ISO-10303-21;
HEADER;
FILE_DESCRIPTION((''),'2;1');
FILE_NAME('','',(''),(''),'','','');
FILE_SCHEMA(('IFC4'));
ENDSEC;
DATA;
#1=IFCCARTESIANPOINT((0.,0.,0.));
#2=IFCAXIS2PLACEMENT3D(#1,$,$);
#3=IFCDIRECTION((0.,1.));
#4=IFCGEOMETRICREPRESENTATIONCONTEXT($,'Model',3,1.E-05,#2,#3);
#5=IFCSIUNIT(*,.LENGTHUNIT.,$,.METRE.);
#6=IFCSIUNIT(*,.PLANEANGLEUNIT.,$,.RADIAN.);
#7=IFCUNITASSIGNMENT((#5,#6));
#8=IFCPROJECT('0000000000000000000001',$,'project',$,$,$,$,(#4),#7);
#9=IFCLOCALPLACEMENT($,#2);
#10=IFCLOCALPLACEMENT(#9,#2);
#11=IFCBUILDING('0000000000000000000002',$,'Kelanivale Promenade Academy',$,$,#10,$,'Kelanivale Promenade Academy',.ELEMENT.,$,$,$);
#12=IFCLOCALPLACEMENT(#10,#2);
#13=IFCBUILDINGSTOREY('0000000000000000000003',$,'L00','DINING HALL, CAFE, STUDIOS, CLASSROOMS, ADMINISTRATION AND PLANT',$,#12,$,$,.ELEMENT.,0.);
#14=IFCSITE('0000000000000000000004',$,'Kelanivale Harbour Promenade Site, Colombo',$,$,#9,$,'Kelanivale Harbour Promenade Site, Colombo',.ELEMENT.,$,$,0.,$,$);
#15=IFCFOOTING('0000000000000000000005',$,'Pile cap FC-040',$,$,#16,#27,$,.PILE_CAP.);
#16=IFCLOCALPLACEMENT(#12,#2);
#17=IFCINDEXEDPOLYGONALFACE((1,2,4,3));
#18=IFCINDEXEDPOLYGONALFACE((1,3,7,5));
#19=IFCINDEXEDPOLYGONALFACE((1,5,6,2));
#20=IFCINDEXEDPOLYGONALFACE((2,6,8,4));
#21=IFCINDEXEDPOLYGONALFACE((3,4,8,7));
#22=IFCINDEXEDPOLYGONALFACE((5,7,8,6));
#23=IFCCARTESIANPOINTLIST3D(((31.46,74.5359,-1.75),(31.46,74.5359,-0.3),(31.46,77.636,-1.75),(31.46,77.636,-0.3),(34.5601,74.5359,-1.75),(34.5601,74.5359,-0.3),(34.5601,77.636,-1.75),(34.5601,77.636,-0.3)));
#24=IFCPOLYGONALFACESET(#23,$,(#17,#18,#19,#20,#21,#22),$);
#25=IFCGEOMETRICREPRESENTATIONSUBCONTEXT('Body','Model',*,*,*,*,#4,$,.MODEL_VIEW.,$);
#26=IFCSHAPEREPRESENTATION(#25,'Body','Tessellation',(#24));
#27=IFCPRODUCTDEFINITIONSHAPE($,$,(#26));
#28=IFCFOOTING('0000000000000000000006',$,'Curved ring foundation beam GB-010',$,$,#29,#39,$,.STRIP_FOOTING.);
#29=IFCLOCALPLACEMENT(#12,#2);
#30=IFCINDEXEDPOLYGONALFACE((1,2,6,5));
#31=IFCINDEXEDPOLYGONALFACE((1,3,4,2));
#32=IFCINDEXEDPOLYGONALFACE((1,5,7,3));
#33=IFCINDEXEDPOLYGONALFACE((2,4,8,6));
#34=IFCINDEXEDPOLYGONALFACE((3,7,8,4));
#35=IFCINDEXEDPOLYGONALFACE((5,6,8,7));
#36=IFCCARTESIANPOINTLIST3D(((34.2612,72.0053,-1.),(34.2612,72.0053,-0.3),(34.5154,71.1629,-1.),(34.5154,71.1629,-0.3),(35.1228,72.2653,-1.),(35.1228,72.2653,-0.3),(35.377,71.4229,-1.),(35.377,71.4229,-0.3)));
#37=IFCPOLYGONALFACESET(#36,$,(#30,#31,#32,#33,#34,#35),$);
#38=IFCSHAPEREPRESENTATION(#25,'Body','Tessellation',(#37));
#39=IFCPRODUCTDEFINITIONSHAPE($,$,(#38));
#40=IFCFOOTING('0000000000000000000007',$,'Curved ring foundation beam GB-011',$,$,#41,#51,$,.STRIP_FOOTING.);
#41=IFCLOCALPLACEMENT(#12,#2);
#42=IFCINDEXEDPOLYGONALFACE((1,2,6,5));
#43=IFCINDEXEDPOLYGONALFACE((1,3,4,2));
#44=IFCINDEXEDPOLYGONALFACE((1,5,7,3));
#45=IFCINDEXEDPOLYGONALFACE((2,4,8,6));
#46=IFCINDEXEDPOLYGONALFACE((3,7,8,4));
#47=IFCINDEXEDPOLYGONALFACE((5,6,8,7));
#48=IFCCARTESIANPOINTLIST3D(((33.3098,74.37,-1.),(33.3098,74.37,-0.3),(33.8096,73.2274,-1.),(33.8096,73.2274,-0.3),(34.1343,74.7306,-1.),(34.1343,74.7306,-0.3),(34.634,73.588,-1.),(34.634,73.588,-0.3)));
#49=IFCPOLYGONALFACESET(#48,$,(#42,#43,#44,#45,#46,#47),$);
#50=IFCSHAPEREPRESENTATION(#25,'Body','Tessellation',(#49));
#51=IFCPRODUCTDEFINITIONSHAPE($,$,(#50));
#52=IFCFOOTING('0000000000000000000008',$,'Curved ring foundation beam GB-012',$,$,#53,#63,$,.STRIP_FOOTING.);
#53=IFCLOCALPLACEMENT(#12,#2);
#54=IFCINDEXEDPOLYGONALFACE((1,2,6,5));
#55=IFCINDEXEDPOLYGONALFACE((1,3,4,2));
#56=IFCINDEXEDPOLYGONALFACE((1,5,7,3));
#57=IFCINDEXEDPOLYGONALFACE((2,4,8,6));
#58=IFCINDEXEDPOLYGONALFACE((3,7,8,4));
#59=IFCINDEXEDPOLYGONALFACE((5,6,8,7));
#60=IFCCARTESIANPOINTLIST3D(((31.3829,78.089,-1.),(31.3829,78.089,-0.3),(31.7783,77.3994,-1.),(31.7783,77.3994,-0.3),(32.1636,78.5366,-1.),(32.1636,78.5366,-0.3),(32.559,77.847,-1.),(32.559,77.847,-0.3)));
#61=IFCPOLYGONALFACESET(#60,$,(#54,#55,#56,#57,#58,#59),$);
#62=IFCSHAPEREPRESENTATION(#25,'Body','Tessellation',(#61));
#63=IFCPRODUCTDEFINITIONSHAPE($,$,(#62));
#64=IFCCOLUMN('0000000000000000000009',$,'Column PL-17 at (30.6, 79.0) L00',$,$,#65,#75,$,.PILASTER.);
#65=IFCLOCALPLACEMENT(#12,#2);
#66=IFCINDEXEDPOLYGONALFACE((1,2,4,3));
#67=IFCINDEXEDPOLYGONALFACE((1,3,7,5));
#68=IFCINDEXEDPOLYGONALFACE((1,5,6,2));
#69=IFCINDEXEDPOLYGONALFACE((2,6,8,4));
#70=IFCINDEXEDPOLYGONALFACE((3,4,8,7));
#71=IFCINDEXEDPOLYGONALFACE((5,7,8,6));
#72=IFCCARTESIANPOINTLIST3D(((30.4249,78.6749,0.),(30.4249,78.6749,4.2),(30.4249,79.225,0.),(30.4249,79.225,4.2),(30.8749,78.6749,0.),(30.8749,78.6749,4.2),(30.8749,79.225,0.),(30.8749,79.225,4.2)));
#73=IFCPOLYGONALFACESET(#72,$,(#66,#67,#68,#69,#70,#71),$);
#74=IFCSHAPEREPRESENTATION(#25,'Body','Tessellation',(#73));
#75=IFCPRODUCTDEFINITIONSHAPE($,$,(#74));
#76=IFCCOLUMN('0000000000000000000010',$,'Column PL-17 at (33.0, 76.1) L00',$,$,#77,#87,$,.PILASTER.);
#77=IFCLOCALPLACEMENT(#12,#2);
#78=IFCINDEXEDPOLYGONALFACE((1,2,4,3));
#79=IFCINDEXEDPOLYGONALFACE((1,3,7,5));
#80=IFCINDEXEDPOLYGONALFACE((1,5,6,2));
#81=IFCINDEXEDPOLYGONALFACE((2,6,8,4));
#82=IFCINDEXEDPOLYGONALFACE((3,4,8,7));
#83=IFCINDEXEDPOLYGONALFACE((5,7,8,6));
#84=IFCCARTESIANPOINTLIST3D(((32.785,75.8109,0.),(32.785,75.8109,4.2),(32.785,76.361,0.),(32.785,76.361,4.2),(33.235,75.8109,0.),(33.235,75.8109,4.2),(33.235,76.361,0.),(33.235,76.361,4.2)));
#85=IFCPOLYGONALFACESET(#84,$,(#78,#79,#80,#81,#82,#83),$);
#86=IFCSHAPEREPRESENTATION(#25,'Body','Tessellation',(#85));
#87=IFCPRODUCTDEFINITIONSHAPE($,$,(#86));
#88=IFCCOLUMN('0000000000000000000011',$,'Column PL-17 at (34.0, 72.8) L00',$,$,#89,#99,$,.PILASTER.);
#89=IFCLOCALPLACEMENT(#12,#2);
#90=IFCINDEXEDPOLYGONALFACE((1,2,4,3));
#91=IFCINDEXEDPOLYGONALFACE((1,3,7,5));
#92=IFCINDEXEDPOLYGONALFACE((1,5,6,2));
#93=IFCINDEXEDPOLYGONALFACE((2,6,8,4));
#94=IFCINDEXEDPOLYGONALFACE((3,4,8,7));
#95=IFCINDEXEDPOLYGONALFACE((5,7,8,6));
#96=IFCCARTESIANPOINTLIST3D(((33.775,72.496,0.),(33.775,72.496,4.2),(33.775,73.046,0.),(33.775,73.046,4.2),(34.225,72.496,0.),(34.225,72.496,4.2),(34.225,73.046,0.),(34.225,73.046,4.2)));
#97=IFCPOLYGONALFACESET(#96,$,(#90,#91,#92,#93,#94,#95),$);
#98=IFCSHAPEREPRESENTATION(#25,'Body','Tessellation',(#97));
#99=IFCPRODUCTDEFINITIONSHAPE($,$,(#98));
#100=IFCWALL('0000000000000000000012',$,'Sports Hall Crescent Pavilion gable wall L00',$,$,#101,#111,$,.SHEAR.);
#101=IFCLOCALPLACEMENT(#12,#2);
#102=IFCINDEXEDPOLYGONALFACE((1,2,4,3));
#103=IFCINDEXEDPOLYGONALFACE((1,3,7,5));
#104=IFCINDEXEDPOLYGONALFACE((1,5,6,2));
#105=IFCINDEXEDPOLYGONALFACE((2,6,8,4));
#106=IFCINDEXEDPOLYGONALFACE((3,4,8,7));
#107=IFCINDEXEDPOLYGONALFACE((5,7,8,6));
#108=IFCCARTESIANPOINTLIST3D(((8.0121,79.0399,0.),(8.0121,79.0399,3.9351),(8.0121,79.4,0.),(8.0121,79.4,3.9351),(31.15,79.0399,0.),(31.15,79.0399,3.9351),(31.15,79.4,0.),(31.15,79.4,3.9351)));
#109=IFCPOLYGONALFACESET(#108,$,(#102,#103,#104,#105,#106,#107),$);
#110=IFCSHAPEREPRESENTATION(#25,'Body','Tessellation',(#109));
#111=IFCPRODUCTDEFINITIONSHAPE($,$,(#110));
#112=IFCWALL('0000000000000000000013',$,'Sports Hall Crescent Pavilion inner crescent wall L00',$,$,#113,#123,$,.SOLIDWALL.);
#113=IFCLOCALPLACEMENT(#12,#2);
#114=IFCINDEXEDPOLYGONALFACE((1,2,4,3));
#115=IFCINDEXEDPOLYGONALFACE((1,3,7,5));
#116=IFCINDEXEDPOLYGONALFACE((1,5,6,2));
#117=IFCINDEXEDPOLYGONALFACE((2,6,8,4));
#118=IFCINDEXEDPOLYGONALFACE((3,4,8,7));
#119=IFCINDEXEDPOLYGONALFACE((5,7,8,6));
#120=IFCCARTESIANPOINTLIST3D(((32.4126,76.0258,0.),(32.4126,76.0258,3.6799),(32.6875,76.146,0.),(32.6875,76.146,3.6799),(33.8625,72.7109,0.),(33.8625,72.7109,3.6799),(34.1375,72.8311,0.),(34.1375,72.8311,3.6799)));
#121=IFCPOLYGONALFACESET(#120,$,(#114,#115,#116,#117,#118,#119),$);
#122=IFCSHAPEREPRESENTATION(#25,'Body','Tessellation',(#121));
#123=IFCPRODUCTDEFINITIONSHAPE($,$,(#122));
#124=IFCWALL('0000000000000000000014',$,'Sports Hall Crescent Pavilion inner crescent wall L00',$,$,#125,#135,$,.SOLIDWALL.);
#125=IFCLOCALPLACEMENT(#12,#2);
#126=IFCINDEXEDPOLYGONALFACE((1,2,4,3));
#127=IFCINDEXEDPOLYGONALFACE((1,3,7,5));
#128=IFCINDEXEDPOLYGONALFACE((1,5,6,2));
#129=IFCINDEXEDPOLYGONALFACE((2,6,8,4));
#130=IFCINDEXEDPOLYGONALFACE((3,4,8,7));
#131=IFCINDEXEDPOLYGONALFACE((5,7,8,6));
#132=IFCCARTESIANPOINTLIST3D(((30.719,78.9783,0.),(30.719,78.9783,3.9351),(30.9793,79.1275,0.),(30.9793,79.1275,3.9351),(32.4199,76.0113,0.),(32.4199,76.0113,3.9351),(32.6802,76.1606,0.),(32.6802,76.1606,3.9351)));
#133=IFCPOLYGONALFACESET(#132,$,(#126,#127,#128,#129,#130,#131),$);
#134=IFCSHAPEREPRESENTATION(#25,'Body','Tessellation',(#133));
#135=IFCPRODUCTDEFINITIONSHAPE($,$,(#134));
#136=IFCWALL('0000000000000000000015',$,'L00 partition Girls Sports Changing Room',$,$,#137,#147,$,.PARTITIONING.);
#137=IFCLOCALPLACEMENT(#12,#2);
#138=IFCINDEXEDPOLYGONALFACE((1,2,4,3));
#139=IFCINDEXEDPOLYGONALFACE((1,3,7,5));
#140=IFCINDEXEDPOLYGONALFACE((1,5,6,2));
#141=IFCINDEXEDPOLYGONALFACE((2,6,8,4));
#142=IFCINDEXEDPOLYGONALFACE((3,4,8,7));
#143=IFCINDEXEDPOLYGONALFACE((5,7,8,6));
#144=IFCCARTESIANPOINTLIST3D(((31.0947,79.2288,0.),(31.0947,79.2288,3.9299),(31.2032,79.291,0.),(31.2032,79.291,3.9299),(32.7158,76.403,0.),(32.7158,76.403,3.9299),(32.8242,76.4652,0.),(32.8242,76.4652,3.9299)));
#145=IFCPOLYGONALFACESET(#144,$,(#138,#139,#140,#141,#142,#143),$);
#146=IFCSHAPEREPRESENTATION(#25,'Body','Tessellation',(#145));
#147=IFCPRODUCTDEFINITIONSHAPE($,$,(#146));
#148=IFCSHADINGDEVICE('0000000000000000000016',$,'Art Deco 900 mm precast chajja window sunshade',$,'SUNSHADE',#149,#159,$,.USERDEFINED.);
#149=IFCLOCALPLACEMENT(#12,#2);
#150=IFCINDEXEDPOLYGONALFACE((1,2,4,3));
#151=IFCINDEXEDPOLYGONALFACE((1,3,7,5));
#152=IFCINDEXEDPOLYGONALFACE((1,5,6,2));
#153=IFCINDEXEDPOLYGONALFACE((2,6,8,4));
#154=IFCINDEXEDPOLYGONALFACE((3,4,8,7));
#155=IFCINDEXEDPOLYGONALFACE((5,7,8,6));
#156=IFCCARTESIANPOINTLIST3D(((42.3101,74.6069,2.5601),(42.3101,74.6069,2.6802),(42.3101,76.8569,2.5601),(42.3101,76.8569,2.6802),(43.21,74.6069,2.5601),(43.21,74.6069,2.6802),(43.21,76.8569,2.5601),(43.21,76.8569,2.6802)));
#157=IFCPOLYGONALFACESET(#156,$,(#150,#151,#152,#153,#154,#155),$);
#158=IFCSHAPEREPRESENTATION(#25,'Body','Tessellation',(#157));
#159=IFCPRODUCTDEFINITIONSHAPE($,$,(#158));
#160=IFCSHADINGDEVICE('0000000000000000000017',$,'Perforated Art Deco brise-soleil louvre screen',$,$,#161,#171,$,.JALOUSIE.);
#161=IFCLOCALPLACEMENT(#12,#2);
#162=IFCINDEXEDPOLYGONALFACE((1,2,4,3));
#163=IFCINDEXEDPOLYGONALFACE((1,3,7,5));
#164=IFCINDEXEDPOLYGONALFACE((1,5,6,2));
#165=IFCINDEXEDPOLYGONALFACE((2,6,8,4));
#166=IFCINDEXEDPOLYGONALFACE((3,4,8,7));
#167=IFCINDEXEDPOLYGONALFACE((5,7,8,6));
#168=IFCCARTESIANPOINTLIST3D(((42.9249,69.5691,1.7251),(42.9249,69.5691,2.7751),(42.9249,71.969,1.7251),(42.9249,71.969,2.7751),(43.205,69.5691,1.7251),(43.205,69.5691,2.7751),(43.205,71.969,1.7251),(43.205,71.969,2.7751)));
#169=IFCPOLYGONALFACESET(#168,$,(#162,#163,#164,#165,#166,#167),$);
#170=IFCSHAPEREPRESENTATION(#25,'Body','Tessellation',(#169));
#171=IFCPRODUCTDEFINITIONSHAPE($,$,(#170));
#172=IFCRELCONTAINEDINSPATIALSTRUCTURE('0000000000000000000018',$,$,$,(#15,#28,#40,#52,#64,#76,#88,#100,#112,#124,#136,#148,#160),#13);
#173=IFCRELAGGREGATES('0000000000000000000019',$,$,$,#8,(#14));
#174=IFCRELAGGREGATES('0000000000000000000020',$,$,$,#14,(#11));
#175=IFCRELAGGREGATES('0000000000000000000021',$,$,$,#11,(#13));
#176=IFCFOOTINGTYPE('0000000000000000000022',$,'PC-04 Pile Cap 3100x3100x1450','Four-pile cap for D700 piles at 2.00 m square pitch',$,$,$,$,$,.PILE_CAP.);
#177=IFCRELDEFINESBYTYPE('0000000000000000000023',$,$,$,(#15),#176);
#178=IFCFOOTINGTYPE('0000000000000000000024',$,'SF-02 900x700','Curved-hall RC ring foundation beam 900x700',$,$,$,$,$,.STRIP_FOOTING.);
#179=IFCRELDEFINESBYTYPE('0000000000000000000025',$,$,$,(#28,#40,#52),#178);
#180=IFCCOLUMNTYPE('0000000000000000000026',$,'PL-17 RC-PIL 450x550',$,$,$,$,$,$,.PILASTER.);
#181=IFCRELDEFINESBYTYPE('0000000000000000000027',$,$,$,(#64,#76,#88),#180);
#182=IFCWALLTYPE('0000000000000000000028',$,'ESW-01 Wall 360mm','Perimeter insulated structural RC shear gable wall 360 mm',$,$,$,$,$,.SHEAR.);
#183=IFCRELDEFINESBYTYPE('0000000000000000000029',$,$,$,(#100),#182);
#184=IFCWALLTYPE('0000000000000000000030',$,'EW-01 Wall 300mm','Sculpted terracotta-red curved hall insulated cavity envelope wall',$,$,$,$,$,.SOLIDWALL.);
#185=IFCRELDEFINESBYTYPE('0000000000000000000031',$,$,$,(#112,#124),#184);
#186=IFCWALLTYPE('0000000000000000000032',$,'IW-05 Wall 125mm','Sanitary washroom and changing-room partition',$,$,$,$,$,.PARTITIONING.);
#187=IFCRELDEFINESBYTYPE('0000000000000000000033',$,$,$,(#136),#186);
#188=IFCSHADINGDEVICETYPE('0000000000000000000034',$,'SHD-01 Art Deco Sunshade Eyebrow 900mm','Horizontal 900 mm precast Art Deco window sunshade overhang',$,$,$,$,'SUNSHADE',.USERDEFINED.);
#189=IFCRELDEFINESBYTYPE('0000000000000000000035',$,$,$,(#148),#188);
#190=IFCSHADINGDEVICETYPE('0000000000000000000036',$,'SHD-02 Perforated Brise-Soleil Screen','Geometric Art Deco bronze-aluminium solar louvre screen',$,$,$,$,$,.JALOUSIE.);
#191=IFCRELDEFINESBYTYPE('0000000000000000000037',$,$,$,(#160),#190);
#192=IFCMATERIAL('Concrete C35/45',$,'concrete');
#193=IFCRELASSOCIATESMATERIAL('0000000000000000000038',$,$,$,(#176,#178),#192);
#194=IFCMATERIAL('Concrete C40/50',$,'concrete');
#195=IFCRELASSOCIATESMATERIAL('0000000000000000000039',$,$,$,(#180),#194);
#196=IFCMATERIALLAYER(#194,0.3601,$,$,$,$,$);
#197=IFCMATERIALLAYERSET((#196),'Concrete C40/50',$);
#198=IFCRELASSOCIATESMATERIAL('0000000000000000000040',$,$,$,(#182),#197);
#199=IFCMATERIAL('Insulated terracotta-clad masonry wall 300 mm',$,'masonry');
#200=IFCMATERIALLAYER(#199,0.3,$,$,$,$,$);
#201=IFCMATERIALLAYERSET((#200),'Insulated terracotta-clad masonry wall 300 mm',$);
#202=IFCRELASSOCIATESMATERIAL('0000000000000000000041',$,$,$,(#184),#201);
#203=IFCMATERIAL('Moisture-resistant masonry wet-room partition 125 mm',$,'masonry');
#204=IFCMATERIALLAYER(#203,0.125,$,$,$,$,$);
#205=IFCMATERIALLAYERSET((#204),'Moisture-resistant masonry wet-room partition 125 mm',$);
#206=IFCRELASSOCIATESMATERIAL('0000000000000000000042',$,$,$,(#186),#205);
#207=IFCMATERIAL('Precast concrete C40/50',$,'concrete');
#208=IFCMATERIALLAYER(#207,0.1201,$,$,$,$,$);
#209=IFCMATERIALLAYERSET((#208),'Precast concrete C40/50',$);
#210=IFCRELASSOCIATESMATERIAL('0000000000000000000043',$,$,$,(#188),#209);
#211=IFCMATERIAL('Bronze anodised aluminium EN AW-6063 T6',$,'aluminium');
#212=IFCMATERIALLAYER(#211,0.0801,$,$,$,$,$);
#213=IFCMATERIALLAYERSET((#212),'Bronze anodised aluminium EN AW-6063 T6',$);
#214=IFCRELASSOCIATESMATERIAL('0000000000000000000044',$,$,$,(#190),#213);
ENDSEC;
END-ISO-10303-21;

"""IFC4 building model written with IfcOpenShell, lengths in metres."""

from ifc_helpers import new_model, si_unit, direction, frame, frame_2d, origin, origin_2d, place, context, subcontext, project, spatial, rectangle, extrude, material, layer, layer_set, material_profile, profile_set, type_object, element, save


model = new_model("IFC4")

# Units and contexts
model_context = context("Model", 3, precision=1e-05, world=origin(), true_north=direction((0.0, 1.0)))
body_context = subcontext(model_context, "Body", "Model", "MODEL_VIEW")
ifc_project = project(units=[si_unit("LENGTHUNIT", "METRE"), si_unit("PLANEANGLEUNIT", "RADIAN")], contexts=[model_context])

# Site, building, storey
site_placement = place(None, origin())
site = spatial("IfcSite", under=ifc_project, at=site_placement, Name="Kelanivale Harbour Promenade Site, Colombo", LongName="Kelanivale Harbour Promenade Site, Colombo", CompositionType="ELEMENT", RefElevation=0.0)
building_placement = place(site_placement, origin())
building = spatial("IfcBuilding", under=site, at=building_placement, Name="Kelanivale Promenade Academy", LongName="Kelanivale Promenade Academy", CompositionType="ELEMENT")
storey_placement = place(building_placement, origin())
storey = spatial("IfcBuildingStorey", under=building, at=storey_placement, Name="L00", Description="DINING HALL, CAFE, STUDIOS, CLASSROOMS, ADMINISTRATION AND PLANT", CompositionType="ELEMENT", Elevation=0.0)

# Shared definitions
ifc_material_1 = material(Name="Concrete C35/45", Category="concrete")

# Footings
footing_type_1 = type_object("IfcFootingType", Name="PC-04 Pile Cap 3100x3100x1450", Description="Four-pile cap for D700 piles at 2.00 m square pitch", PredefinedType="PILE_CAP", material=ifc_material_1)
footing_1_placement = place(storey_placement, frame((33.01, 76.0859, -1.75), z_axis=(0.0, 0.0, 1.0), x_axis=(1.0, 0.0, 0.0)))
element("IfcFooting", 1, at=footing_1_placement, inside=storey, type_object=footing_type_1, Name="Pile cap FC-040", PredefinedType="PILE_CAP", context=body_context, shape_type="SweptSolid", body=[
    extrude(rectangle(XDim=3.1001, YDim=3.1001, at=origin_2d()), origin(), (0.0, 0.0, 1.0), 1.45),
])
footing_type_2 = type_object("IfcFootingType", Name="SF-02 900x700", Description="Curved-hall RC ring foundation beam 900x700", PredefinedType="STRIP_FOOTING", material=ifc_material_1)
footing_2_placement = place(storey_placement, frame((34.8191, 71.7141, -1.0), z_axis=(0.0, 0.0, 1.0), x_axis=(-0.288881, 0.957365, 0.0)))
element("IfcFooting", 2, at=footing_2_placement, inside=storey, type_object=footing_type_2, Name="Curved ring foundation beam GB-010", PredefinedType="STRIP_FOOTING", context=body_context, shape_type="SweptSolid", body=[
    extrude(rectangle(XDim=0.8799, YDim=0.8999, at=origin_2d()), origin(), (0.0, 0.0, 1.0), 0.7),
])
footing_3_placement = place(storey_placement, frame((33.9719, 73.979, -1.0), z_axis=(0.0, 0.0, 1.0), x_axis=(-0.400749, 0.916188, 0.0)))
element("IfcFooting", 3, at=footing_3_placement, inside=storey, type_object=footing_type_2, Name="Curved ring foundation beam GB-011", PredefinedType="STRIP_FOOTING", context=body_context, shape_type="SweptSolid", body=[
    extrude(rectangle(XDim=1.2471, YDim=0.8999, at=origin_2d()), origin(), (0.0, 0.0, 1.0), 0.7),
])
footing_4_placement = place(storey_placement, frame((31.9709, 77.968, -1.0), z_axis=(0.0, 0.0, 1.0), x_axis=(-0.497383, 0.867531, 0.0)))
element("IfcFooting", 4, at=footing_4_placement, inside=storey, type_object=footing_type_2, Name="Curved ring foundation beam GB-012", PredefinedType="STRIP_FOOTING", context=body_context, shape_type="SweptSolid", body=[
    extrude(rectangle(XDim=0.7949, YDim=0.8999, at=origin_2d()), origin(), (0.0, 0.0, 1.0), 0.7),
])

# Columns
ifc_material_2 = material(Name="Concrete C40/50", Category="concrete")
ifc_material_profile_1 = material_profile(ifc_material_2, rectangle(XDim=0.45, YDim=0.55, at=origin_2d()), Name="RC-PIL 450x550")
ifc_profile_set_1 = profile_set([ifc_material_profile_1], Name="Concrete C40/50")
column_type = type_object("IfcColumnType", Name="PL-17 RC-PIL 450x550", PredefinedType="PILASTER", material=ifc_profile_set_1)
for number, where, z_axis, x_axis, name in (
    (5, (30.6499, 78.95, 0.0), (0.0, 0.0, 1.0), (1.0, 0.0, 0.0), "Column PL-17 at (30.6, 79.0) L00"),
    (6, (33.01, 76.0859, 0.0), (0.0, 0.0, 1.0), (1.0, 0.0, 0.0), "Column PL-17 at (33.0, 76.1) L00"),
    (7, (34.0, 72.771, 0.0), (0.0, 0.0, 1.0), (1.0, 0.0, 0.0), "Column PL-17 at (34.0, 72.8) L00"),
):
    element("IfcColumn", number, at=place(storey_placement, frame(where, z_axis=z_axis, x_axis=x_axis)), inside=storey, type_object=column_type, Name=name, PredefinedType="PILASTER", context=body_context, shape_type="SweptSolid", body=[
        extrude(rectangle(XDim=0.45, YDim=0.55, at=origin_2d()), origin(), (0.0, 0.0, 1.0), 4.2),
    ])

# Walls
ifc_layer_1 = layer(ifc_material_2, 0.3601)
ifc_layer_set_1 = layer_set([ifc_layer_1], Name="Concrete C40/50")
wall_type_1 = type_object("IfcWallType", Name="ESW-01 Wall 360mm", Description="Perimeter insulated structural RC shear gable wall 360 mm", PredefinedType="SHEAR", material=ifc_layer_set_1)
wall_1_placement = place(storey_placement, frame((31.1499, 79.22, 0.0), z_axis=(0.0, 0.0, 1.0), x_axis=(-1.0, 0.0, 0.0)))
element("IfcWall", 8, at=wall_1_placement, inside=storey, type_object=wall_type_1, Name="Sports Hall Crescent Pavilion gable wall L00", PredefinedType="SHEAR", context=body_context, shape_type="SweptSolid", body=[
    extrude(rectangle(XDim=23.1379, YDim=0.3601, at=frame_2d((11.5688, 0.0))), origin(), (0.0, 0.0, 1.0), 3.9351),
])
ifc_material_3 = material(Name="Insulated terracotta-clad masonry wall 300 mm", Category="masonry")
ifc_layer_2 = layer(ifc_material_3, 0.3)
ifc_layer_set_2 = layer_set([ifc_layer_2], Name="Insulated terracotta-clad masonry wall 300 mm")
wall_type_2 = type_object("IfcWallType", Name="EW-01 Wall 300mm", Description="Sculpted terracotta-red curved hall insulated cavity envelope wall", PredefinedType="SOLIDWALL", material=ifc_layer_set_2)
wall_2_placement = place(storey_placement, frame((34.0, 72.771, 0.0), z_axis=(0.0, 0.0, 1.0), x_axis=(-0.400741, 0.916191, 0.0)))
element("IfcWall", 9, at=wall_2_placement, inside=storey, type_object=wall_type_2, Name="Sports Hall Crescent Pavilion inner crescent wall L00", PredefinedType="SOLIDWALL", context=body_context, shape_type="SweptSolid", body=[
    extrude(rectangle(XDim=3.6182, YDim=0.3, at=frame_2d((1.8091, 0.0))), origin(), (0.0, 0.0, 1.0), 3.6799),
])
wall_3_placement = place(storey_placement, frame((32.55, 76.0859, 0.0), z_axis=(0.0, 0.0, 1.0), x_axis=(-0.497345, 0.867553, 0.0)))
element("IfcWall", 10, at=wall_3_placement, inside=storey, type_object=wall_type_2, Name="Sports Hall Crescent Pavilion inner crescent wall L00", PredefinedType="SOLIDWALL", context=body_context, shape_type="SweptSolid", body=[
    extrude(rectangle(XDim=3.4199, YDim=0.3, at=frame_2d((1.71, 0.0))), origin(), (0.0, 0.0, 1.0), 3.9351),
])
ifc_material_4 = material(Name="Moisture-resistant masonry wet-room partition 125 mm", Category="masonry")
ifc_layer_3 = layer(ifc_material_4, 0.125)
ifc_layer_set_3 = layer_set([ifc_layer_3], Name="Moisture-resistant masonry wet-room partition 125 mm")
wall_type_3 = type_object("IfcWallType", Name="IW-05 Wall 125mm", Description="Sanitary washroom and changing-room partition", PredefinedType="PARTITIONING", material=ifc_layer_set_3)
wall_4_placement = place(storey_placement, frame((32.77, 76.4341, 0.0), z_axis=(0.0, 0.0, 1.0), x_axis=(-0.497591, 0.867412, 0.0)))
element("IfcWall", 11, at=wall_4_placement, inside=storey, type_object=wall_type_3, Name="L00 partition Girls Sports Changing Room", PredefinedType="PARTITIONING", context=body_context, shape_type="SweptSolid", body=[
    extrude(rectangle(XDim=3.2578, YDim=0.125, at=frame_2d((1.6289, 0.0))), origin(), (0.0, 0.0, 1.0), 3.9299),
])

# Shading devices
ifc_material_5 = material(Name="Precast concrete C40/50", Category="concrete")
ifc_layer_4 = layer(ifc_material_5, 0.1201)
ifc_layer_set_4 = layer_set([ifc_layer_4], Name="Precast concrete C40/50")
shading_device_type_1 = type_object("IfcShadingDeviceType", Name="SHD-01 Art Deco Sunshade Eyebrow 900mm", Description="Horizontal 900 mm precast Art Deco window sunshade overhang", ElementType="SUNSHADE", PredefinedType="USERDEFINED", material=ifc_layer_set_4)
shading_device_1_placement = place(storey_placement, frame((42.76, 75.7319, 2.5601), z_axis=(0.0, 0.0, 1.0), x_axis=(0.0, -1.0, 0.0)))
element("IfcShadingDevice", 12, at=shading_device_1_placement, inside=storey, type_object=shading_device_type_1, Name="Art Deco 900 mm precast chajja window sunshade", ObjectType="SUNSHADE", PredefinedType="USERDEFINED", context=body_context, shape_type="SweptSolid", body=[
    extrude(rectangle(XDim=2.25, YDim=0.8999, at=origin_2d()), origin(), (0.0, 0.0, 1.0), 0.1201),
])
ifc_material_6 = material(Name="Bronze anodised aluminium EN AW-6063 T6", Category="aluminium")
ifc_layer_5 = layer(ifc_material_6, 0.0801)
ifc_layer_set_5 = layer_set([ifc_layer_5], Name="Bronze anodised aluminium EN AW-6063 T6")
shading_device_type_2 = type_object("IfcShadingDeviceType", Name="SHD-02 Perforated Brise-Soleil Screen", Description="Geometric Art Deco bronze-aluminium solar louvre screen", PredefinedType="JALOUSIE", material=ifc_layer_set_5)
shading_device_2_placement = place(storey_placement, frame((43.0649, 70.769, 1.7251), z_axis=(0.0, 0.0, 1.0), x_axis=(0.0, -1.0, 0.0)))
element("IfcShadingDevice", 13, at=shading_device_2_placement, inside=storey, type_object=shading_device_type_2, Name="Perforated Art Deco brise-soleil louvre screen", PredefinedType="JALOUSIE", context=body_context, shape_type="SweptSolid", body=[
    extrude(rectangle(XDim=2.3999, YDim=0.28, at=origin_2d()), origin(), (0.0, 0.0, 1.0), 1.05),
])

save(model, "model.ifc")
